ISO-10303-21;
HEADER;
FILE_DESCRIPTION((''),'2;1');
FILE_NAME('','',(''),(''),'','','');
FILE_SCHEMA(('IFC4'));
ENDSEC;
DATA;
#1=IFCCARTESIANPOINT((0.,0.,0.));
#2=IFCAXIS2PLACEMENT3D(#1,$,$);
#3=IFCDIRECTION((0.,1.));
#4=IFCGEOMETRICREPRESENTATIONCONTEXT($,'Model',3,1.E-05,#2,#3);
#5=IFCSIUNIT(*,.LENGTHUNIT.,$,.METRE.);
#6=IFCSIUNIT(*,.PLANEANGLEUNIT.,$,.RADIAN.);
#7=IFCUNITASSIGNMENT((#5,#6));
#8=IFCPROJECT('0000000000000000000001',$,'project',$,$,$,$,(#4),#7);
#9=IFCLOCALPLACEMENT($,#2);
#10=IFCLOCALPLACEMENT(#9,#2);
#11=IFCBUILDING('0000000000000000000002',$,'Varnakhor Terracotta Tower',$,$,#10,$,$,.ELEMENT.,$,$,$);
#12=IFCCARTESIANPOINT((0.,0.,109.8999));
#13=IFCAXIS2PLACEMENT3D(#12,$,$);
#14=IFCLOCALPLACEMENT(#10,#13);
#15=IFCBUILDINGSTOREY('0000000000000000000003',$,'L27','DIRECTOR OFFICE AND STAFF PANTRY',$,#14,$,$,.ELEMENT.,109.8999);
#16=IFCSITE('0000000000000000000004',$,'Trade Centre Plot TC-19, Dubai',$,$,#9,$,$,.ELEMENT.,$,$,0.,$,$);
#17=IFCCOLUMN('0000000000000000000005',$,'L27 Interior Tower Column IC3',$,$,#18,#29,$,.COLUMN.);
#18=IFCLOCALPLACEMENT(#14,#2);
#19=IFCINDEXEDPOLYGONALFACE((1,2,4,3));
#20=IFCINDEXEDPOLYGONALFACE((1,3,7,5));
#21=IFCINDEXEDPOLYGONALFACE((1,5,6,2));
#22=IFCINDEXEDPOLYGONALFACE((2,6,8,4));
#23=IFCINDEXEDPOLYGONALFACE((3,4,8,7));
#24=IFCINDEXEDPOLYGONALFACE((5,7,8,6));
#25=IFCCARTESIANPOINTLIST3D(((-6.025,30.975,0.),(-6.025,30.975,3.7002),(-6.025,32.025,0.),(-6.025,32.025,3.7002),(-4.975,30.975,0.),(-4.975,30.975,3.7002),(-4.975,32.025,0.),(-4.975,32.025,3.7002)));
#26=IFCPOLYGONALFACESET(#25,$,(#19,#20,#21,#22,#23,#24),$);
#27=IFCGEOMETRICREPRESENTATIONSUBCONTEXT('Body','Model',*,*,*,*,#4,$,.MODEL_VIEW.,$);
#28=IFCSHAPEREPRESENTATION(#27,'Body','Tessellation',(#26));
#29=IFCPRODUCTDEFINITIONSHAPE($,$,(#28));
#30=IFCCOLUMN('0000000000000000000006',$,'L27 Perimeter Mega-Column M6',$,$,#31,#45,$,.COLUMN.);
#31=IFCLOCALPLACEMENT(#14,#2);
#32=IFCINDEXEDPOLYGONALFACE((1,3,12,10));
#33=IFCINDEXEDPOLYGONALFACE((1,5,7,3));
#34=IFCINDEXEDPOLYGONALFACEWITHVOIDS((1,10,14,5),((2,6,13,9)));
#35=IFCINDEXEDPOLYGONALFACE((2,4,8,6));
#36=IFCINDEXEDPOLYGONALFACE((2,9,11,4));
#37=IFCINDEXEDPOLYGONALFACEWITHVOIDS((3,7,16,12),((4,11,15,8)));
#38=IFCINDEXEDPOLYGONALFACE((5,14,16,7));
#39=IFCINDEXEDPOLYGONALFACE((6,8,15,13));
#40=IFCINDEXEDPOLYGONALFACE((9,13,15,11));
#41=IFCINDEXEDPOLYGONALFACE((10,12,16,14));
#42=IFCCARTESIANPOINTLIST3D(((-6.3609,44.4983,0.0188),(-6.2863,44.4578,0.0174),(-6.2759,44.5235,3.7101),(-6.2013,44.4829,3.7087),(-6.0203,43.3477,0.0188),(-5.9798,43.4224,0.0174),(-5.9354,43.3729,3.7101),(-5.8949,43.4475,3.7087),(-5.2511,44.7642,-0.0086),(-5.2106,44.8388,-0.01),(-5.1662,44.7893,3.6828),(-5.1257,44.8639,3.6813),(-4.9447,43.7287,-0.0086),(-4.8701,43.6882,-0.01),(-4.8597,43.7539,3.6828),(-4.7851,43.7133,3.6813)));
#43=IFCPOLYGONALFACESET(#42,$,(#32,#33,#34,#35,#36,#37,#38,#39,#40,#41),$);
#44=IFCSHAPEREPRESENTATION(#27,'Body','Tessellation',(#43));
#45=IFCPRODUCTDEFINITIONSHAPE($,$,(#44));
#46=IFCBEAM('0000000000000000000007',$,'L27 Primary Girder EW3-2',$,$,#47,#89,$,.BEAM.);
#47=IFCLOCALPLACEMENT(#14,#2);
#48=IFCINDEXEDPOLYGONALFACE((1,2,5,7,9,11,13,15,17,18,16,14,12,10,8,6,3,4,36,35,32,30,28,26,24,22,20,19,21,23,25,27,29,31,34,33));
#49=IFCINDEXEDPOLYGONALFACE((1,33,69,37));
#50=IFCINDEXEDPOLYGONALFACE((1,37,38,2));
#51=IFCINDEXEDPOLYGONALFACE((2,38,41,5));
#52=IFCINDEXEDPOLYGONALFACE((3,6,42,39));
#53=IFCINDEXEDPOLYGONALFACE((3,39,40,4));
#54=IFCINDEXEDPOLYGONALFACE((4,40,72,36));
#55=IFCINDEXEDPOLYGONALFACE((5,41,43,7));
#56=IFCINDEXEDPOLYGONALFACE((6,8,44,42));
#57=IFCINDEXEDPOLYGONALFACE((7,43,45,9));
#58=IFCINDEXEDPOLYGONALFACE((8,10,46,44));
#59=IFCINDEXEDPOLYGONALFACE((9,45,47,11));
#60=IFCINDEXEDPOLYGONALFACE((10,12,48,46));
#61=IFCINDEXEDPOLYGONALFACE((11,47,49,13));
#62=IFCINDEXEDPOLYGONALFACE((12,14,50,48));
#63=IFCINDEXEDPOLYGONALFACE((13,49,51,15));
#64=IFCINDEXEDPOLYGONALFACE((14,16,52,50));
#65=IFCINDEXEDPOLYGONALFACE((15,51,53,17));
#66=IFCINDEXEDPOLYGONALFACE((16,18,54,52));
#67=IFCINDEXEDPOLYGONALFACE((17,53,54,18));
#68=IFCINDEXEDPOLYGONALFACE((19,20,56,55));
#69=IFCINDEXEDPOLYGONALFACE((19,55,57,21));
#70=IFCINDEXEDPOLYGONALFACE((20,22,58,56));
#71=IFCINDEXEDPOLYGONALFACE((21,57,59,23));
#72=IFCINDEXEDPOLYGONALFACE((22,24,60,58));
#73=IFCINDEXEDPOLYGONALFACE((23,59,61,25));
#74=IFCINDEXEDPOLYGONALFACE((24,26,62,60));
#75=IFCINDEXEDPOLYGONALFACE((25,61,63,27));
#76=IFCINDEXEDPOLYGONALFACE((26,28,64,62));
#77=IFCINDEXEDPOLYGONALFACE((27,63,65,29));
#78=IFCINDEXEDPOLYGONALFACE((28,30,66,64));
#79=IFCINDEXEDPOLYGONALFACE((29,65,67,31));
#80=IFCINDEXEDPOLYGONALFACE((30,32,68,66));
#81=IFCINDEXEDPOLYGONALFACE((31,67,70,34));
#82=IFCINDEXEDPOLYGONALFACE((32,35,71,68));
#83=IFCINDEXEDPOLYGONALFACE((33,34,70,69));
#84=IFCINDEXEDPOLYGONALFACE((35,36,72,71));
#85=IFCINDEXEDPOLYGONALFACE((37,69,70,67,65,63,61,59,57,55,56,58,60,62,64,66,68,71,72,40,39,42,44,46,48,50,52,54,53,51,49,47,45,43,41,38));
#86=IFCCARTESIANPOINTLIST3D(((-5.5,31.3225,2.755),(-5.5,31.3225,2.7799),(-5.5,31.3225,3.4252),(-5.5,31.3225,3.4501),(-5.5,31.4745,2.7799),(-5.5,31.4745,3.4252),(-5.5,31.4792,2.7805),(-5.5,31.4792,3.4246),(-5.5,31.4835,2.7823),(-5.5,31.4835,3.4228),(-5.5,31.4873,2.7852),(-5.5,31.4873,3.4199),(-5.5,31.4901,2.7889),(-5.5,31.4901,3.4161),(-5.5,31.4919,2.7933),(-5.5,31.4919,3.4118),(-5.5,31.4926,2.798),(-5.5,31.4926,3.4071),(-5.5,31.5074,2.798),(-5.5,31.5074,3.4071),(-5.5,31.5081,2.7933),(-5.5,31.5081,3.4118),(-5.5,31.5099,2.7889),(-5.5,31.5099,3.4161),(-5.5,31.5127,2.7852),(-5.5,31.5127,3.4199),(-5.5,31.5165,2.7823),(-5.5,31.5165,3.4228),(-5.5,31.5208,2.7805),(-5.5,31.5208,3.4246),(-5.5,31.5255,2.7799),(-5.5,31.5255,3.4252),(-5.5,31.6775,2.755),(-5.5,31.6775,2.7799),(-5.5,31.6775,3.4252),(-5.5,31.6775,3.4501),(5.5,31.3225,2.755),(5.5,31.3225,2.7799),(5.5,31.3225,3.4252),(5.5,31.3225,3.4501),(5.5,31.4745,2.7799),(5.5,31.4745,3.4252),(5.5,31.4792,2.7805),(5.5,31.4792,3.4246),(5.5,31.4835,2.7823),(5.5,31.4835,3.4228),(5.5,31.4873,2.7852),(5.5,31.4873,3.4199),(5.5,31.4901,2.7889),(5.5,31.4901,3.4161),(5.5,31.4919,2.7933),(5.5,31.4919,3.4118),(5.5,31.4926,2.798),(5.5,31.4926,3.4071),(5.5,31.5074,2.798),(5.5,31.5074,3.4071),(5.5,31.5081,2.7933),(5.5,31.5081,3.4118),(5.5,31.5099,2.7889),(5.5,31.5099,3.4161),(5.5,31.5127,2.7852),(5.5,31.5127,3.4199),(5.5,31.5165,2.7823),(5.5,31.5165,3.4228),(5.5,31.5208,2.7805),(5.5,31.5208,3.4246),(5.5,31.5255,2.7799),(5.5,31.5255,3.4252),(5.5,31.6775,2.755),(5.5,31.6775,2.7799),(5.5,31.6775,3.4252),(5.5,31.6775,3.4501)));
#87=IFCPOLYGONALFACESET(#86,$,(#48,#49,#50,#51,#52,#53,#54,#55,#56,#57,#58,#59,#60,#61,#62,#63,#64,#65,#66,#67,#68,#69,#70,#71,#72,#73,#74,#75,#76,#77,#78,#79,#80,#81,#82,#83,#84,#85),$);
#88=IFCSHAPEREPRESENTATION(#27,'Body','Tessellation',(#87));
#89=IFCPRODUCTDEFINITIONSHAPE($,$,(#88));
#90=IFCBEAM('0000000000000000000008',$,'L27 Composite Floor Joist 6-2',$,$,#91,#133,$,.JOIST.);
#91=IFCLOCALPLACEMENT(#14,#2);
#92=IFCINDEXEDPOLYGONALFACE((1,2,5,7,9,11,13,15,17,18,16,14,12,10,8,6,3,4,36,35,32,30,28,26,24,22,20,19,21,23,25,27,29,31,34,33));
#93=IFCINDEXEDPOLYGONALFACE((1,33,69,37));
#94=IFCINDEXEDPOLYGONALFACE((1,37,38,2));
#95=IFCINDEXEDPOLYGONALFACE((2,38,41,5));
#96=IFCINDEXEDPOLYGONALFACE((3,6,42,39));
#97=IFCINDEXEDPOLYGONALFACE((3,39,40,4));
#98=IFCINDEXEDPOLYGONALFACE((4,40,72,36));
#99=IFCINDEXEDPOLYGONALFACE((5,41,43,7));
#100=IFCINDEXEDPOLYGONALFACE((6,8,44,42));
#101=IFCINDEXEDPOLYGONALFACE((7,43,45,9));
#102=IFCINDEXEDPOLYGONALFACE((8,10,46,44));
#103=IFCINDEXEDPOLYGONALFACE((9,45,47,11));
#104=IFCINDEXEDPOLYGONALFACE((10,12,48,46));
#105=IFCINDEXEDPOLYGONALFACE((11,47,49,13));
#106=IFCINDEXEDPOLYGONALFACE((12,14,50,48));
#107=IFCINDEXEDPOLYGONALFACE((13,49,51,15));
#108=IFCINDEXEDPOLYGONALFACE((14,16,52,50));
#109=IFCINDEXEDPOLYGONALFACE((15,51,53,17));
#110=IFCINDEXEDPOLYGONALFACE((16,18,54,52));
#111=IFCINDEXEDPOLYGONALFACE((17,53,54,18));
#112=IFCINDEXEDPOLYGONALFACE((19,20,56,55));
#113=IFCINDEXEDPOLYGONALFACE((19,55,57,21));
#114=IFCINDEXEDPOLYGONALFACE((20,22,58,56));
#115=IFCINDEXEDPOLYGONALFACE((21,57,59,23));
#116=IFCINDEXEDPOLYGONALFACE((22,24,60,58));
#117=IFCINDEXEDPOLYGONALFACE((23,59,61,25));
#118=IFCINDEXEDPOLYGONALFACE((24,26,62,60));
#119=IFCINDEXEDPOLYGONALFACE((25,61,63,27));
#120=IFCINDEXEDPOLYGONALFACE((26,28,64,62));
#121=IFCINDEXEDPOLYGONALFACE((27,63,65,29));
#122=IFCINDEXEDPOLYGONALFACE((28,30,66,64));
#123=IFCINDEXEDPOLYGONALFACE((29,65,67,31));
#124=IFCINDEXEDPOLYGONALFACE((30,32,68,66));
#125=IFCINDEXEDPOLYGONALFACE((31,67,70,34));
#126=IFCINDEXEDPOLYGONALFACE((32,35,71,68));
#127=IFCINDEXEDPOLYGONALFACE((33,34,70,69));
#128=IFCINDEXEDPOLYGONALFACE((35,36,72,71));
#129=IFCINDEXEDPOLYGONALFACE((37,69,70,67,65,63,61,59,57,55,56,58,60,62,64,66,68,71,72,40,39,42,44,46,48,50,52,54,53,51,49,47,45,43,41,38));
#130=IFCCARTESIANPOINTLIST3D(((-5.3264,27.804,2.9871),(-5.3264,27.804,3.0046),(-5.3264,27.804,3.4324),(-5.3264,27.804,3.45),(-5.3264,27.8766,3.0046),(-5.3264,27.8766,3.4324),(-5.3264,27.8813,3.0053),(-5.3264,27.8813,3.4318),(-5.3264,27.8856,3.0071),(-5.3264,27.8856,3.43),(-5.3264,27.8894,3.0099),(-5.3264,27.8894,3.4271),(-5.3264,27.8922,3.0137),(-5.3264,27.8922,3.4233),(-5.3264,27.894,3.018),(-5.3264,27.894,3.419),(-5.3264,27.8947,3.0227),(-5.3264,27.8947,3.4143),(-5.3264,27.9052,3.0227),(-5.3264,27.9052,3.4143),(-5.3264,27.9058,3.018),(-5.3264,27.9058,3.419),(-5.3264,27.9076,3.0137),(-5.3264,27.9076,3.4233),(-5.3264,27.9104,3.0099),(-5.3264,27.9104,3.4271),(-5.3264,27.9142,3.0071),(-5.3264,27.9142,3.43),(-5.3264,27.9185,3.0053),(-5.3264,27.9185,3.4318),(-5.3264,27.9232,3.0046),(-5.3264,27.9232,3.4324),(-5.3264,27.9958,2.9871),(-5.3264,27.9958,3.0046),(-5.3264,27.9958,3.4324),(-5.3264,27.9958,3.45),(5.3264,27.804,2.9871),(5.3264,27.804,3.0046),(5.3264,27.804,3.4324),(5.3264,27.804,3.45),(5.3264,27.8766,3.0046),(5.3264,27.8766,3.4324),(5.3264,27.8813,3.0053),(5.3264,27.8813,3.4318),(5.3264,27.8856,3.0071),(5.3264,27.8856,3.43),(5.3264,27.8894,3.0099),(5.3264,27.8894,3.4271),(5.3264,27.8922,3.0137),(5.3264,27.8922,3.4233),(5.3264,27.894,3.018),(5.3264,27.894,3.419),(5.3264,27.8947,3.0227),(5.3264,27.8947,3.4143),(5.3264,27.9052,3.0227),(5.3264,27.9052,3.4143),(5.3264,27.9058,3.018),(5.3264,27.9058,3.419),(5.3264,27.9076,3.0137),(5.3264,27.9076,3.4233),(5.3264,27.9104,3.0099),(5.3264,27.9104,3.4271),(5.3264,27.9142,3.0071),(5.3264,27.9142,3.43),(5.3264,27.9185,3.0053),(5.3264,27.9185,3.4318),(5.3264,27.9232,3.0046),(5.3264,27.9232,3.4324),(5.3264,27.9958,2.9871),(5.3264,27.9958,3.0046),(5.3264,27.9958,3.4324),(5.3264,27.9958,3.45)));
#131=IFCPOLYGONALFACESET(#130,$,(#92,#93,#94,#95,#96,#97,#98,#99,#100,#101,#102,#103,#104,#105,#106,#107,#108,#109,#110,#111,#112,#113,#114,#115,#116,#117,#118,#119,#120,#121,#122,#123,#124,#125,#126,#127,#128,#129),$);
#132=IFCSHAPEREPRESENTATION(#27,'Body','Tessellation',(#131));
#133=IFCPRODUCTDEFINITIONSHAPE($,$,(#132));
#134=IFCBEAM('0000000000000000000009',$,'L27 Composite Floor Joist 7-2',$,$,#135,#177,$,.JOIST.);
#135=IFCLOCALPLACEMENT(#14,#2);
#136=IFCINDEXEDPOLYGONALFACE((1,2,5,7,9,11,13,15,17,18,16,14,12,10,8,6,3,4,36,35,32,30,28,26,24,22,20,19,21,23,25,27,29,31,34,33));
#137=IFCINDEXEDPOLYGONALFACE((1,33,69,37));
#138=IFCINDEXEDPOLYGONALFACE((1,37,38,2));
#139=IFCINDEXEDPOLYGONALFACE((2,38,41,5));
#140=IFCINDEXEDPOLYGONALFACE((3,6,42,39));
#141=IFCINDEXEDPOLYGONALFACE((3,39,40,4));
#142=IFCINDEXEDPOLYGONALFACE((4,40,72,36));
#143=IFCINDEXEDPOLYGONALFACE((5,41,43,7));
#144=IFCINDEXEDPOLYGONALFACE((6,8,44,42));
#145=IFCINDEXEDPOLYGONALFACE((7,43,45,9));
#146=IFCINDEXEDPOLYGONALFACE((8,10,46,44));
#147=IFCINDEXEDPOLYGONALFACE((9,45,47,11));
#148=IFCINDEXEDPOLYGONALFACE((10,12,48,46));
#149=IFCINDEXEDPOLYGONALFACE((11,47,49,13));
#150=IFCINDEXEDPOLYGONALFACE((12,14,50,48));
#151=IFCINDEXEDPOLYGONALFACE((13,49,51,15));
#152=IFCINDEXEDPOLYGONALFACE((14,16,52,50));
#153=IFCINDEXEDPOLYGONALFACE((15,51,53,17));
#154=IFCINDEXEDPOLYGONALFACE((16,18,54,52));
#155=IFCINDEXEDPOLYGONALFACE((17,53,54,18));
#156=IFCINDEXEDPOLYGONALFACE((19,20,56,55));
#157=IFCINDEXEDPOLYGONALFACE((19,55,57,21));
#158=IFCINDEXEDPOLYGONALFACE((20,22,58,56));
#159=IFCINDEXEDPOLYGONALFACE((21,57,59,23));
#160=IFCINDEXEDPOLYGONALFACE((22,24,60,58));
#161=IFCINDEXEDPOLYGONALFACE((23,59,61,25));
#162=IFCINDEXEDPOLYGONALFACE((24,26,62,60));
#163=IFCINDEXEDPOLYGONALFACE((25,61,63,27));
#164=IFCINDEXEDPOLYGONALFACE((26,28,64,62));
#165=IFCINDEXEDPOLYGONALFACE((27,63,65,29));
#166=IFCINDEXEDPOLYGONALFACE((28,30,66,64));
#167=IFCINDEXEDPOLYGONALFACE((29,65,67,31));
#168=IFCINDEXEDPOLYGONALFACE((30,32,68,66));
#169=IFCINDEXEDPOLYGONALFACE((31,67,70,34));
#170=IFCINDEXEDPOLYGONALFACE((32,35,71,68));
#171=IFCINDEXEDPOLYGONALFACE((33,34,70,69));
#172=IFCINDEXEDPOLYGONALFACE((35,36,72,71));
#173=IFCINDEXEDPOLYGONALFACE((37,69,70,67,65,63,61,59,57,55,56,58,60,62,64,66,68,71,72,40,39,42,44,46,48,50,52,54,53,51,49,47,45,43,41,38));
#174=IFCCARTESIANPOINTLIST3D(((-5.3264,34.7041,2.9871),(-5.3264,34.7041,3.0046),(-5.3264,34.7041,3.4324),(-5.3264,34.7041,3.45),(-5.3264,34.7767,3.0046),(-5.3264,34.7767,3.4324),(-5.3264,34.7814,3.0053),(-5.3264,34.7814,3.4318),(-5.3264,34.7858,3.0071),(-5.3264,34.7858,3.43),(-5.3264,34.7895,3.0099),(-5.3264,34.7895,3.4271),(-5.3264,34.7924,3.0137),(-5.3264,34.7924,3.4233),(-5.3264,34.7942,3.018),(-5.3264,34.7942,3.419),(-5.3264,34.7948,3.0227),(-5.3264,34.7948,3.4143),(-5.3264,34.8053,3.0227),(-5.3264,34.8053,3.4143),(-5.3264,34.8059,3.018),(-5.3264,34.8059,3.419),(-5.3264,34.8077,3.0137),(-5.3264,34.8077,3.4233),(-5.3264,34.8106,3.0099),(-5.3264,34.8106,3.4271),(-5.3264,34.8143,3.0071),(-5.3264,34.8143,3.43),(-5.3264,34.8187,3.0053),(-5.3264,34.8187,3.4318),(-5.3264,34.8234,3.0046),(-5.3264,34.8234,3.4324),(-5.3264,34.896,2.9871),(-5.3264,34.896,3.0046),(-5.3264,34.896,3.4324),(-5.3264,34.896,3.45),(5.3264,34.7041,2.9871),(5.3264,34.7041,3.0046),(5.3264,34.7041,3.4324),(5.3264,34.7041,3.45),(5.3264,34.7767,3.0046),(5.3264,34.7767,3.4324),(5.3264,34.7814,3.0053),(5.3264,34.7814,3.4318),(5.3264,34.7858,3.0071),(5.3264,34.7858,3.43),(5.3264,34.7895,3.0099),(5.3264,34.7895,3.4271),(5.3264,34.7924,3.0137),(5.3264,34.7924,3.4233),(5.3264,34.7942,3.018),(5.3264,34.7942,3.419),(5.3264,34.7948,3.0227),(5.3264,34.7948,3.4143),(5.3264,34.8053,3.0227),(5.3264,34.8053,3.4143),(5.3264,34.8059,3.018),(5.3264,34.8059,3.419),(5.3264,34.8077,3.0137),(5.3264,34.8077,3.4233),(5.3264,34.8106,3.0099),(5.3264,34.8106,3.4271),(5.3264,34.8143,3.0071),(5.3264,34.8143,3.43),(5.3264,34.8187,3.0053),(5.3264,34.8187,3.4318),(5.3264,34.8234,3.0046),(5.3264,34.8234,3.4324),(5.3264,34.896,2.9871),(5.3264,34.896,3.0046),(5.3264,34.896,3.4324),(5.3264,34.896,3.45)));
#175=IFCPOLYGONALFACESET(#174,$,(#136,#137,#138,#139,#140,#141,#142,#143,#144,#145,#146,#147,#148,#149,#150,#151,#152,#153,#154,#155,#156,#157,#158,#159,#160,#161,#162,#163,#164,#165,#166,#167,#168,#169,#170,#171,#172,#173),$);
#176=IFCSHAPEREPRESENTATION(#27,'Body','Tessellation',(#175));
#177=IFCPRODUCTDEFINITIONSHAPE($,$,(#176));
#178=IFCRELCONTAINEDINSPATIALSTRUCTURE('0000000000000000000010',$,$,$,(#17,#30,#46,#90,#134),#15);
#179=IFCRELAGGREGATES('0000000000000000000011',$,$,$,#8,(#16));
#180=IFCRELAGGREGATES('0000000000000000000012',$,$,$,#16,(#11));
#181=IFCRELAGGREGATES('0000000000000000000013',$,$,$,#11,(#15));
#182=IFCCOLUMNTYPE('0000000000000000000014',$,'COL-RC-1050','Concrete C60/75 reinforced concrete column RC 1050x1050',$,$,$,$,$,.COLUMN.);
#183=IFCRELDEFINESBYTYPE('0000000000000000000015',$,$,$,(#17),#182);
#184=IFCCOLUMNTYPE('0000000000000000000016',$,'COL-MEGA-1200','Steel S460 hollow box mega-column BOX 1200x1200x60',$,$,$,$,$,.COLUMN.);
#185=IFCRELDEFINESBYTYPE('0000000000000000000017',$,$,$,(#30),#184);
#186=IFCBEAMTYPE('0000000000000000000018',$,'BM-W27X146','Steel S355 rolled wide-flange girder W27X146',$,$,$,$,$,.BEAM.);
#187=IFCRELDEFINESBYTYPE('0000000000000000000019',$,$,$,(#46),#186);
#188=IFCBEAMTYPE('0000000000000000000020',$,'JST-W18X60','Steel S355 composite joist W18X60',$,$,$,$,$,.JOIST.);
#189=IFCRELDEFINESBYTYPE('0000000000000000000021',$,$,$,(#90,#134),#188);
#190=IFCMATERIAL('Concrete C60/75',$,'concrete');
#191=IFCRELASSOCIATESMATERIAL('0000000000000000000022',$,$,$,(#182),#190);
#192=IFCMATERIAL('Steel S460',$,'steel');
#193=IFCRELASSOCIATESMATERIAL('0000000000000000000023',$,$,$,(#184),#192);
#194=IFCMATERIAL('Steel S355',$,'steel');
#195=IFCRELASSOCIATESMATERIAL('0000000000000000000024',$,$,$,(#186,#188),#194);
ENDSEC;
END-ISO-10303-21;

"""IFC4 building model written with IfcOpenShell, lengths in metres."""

from ifc_helpers import new_model, si_unit, direction, frame, origin, origin_2d, place, context, subcontext, project, spatial, rectangle, hollow_rectangle, i_section, extrude, source, transform, mapped, material, material_profile, profile_set, type_object, element, save


model = new_model("IFC4")

# Units and contexts
model_context = context("Model", 3, precision=1e-05, world=origin(), true_north=direction((0.0, 1.0)))
body_context = subcontext(model_context, "Body", "Model", "MODEL_VIEW")
ifc_project = project(units=[si_unit("LENGTHUNIT", "METRE"), si_unit("PLANEANGLEUNIT", "RADIAN")], contexts=[model_context])

# Site, building, storey
site_placement = place(None, origin())
site = spatial("IfcSite", under=ifc_project, at=site_placement, Name="Trade Centre Plot TC-19, Dubai", CompositionType="ELEMENT", RefElevation=0.0)
building_placement = place(site_placement, origin())
building = spatial("IfcBuilding", under=site, at=building_placement, Name="Varnakhor Terracotta Tower", CompositionType="ELEMENT")
storey_placement = place(building_placement, frame((0.0, 0.0, 109.8999)))
storey = spatial("IfcBuildingStorey", under=building, at=storey_placement, Name="L27", Description="DIRECTOR OFFICE AND STAFF PANTRY", CompositionType="ELEMENT", Elevation=109.8999)

# Columns
ifc_material_1 = material(Name="Concrete C60/75", Category="concrete")
ifc_material_profile_1 = material_profile(ifc_material_1, rectangle(XDim=1.05, YDim=1.05, at=origin_2d()), Name="RC 1050x1050")
ifc_profile_set_1 = profile_set([ifc_material_profile_1], Name="Concrete C60/75")
column_type_1 = type_object("IfcColumnType", Name="COL-RC-1050", Description="Concrete C60/75 reinforced concrete column RC 1050x1050", PredefinedType="COLUMN", material=ifc_profile_set_1)
shared_shape_1 = source(origin(), body_context, "Body", "SweptSolid", [
    extrude(rectangle(XDim=1.05, YDim=1.05, at=origin_2d()), origin(), (0.0, 0.0, 1.0), 3.7002),
])
column_1_placement = place(storey_placement, frame((-5.5, 31.5, 0.0), z_axis=(0.0, 0.0, 1.0), x_axis=(1.0, 0.0, 0.0)))
element("IfcColumn", 1, at=column_1_placement, inside=storey, type_object=column_type_1, Name="L27 Interior Tower Column IC3", PredefinedType="COLUMN", context=body_context, shape_type="MappedRepresentation", body=[
    mapped(shared_shape_1, transform((0.0, 0.0, 0.0), scale=1.0)),
])
ifc_material_2 = material(Name="Steel S460", Category="steel")
ifc_material_profile_2 = material_profile(ifc_material_2, hollow_rectangle(XDim=1.2, YDim=1.2, WallThickness=0.0601, at=origin_2d()), Name="BOX 1200x1200x60")
ifc_profile_set_2 = profile_set([ifc_material_profile_2], Name="Steel S460")
column_type_2 = type_object("IfcColumnType", Name="COL-MEGA-1200", Description="Steel S460 hollow box mega-column BOX 1200x1200x60", PredefinedType="COLUMN", material=ifc_profile_set_2)
shared_shape_2 = source(origin(), body_context, "Body", "SweptSolid", [
    extrude(hollow_rectangle(XDim=1.2, YDim=1.2, WallThickness=0.0601, at=origin_2d()), origin(), (0.0, 0.0, 1.0), 3.6924),
])
column_2_placement = place(storey_placement, frame((-5.6155, 44.0933, 0.0044), z_axis=(0.023009, 0.00681, 0.999712), x_axis=(-0.283807, 0.958881, 0.0)))
element("IfcColumn", 2, at=column_2_placement, inside=storey, type_object=column_type_2, Name="L27 Perimeter Mega-Column M6", PredefinedType="COLUMN", context=body_context, shape_type="MappedRepresentation", body=[
    mapped(shared_shape_2, transform((0.0, 0.0, 0.0), scale=1.0)),
])

# Beams
ifc_material_3 = material(Name="Steel S355", Category="steel")
ifc_material_profile_3 = material_profile(ifc_material_3, i_section(OverallWidth=0.355, OverallDepth=0.6951, WebThickness=0.0149, FlangeThickness=0.0249, FilletRadius=0.0181, at=origin_2d()), Name="W27X146")
ifc_profile_set_3 = profile_set([ifc_material_profile_3], Name="Steel S355")
beam_type_1 = type_object("IfcBeamType", Name="BM-W27X146", Description="Steel S355 rolled wide-flange girder W27X146", PredefinedType="BEAM", material=ifc_profile_set_3)
shared_shape_3 = source(origin(), body_context, "Body", "SweptSolid", [
    extrude(i_section(OverallWidth=0.355, OverallDepth=0.6951, WebThickness=0.0149, FlangeThickness=0.0249, FilletRadius=0.0181, at=origin_2d()), origin(), (0.0, 0.0, 1.0), 11.0),
])
beam_1_placement = place(storey_placement, frame((-5.5, 31.5, 3.1025), z_axis=(1.0, 0.0, 0.0), x_axis=(0.0, 1.0, 0.0)))
element("IfcBeam", 3, at=beam_1_placement, inside=storey, type_object=beam_type_1, Name="L27 Primary Girder EW3-2", PredefinedType="BEAM", context=body_context, shape_type="MappedRepresentation", body=[
    mapped(shared_shape_3, transform((0.0, 0.0, 0.0), scale=1.0)),
])
ifc_material_profile_4 = material_profile(ifc_material_3, i_section(OverallWidth=0.1919, OverallDepth=0.4629, WebThickness=0.0105, FlangeThickness=0.0176, FilletRadius=0.0181, at=origin_2d()), Name="W18X60")
ifc_profile_set_4 = profile_set([ifc_material_profile_4], Name="Steel S355")
beam_type_2 = type_object("IfcBeamType", Name="JST-W18X60", Description="Steel S355 composite joist W18X60", PredefinedType="JOIST", material=ifc_profile_set_4)
shared_shape_4 = source(origin(), body_context, "Body", "SweptSolid", [
    extrude(i_section(OverallWidth=0.1919, OverallDepth=0.4629, WebThickness=0.0105, FlangeThickness=0.0176, FilletRadius=0.0181, at=origin_2d()), origin(), (0.0, 0.0, 1.0), 10.6528),
])
for number, where, z_axis, x_axis, name in (
    (4, (-5.3264, 27.8999, 3.2185), (1.0, 0.0, 0.0), (0.0, 1.0, 0.0), "L27 Composite Floor Joist 6-2"),
    (5, (-5.3264, 34.8, 3.2185), (1.0, 0.0, 0.0), (0.0, 1.0, 0.0), "L27 Composite Floor Joist 7-2"),
):
    element("IfcBeam", number, at=place(storey_placement, frame(where, z_axis=z_axis, x_axis=x_axis)), inside=storey, type_object=beam_type_2, Name=name, PredefinedType="JOIST", context=body_context, shape_type="MappedRepresentation", body=[
        mapped(shared_shape_4, transform((0.0, 0.0, 0.0), scale=1.0)),
    ])

save(model, "model.ifc")
